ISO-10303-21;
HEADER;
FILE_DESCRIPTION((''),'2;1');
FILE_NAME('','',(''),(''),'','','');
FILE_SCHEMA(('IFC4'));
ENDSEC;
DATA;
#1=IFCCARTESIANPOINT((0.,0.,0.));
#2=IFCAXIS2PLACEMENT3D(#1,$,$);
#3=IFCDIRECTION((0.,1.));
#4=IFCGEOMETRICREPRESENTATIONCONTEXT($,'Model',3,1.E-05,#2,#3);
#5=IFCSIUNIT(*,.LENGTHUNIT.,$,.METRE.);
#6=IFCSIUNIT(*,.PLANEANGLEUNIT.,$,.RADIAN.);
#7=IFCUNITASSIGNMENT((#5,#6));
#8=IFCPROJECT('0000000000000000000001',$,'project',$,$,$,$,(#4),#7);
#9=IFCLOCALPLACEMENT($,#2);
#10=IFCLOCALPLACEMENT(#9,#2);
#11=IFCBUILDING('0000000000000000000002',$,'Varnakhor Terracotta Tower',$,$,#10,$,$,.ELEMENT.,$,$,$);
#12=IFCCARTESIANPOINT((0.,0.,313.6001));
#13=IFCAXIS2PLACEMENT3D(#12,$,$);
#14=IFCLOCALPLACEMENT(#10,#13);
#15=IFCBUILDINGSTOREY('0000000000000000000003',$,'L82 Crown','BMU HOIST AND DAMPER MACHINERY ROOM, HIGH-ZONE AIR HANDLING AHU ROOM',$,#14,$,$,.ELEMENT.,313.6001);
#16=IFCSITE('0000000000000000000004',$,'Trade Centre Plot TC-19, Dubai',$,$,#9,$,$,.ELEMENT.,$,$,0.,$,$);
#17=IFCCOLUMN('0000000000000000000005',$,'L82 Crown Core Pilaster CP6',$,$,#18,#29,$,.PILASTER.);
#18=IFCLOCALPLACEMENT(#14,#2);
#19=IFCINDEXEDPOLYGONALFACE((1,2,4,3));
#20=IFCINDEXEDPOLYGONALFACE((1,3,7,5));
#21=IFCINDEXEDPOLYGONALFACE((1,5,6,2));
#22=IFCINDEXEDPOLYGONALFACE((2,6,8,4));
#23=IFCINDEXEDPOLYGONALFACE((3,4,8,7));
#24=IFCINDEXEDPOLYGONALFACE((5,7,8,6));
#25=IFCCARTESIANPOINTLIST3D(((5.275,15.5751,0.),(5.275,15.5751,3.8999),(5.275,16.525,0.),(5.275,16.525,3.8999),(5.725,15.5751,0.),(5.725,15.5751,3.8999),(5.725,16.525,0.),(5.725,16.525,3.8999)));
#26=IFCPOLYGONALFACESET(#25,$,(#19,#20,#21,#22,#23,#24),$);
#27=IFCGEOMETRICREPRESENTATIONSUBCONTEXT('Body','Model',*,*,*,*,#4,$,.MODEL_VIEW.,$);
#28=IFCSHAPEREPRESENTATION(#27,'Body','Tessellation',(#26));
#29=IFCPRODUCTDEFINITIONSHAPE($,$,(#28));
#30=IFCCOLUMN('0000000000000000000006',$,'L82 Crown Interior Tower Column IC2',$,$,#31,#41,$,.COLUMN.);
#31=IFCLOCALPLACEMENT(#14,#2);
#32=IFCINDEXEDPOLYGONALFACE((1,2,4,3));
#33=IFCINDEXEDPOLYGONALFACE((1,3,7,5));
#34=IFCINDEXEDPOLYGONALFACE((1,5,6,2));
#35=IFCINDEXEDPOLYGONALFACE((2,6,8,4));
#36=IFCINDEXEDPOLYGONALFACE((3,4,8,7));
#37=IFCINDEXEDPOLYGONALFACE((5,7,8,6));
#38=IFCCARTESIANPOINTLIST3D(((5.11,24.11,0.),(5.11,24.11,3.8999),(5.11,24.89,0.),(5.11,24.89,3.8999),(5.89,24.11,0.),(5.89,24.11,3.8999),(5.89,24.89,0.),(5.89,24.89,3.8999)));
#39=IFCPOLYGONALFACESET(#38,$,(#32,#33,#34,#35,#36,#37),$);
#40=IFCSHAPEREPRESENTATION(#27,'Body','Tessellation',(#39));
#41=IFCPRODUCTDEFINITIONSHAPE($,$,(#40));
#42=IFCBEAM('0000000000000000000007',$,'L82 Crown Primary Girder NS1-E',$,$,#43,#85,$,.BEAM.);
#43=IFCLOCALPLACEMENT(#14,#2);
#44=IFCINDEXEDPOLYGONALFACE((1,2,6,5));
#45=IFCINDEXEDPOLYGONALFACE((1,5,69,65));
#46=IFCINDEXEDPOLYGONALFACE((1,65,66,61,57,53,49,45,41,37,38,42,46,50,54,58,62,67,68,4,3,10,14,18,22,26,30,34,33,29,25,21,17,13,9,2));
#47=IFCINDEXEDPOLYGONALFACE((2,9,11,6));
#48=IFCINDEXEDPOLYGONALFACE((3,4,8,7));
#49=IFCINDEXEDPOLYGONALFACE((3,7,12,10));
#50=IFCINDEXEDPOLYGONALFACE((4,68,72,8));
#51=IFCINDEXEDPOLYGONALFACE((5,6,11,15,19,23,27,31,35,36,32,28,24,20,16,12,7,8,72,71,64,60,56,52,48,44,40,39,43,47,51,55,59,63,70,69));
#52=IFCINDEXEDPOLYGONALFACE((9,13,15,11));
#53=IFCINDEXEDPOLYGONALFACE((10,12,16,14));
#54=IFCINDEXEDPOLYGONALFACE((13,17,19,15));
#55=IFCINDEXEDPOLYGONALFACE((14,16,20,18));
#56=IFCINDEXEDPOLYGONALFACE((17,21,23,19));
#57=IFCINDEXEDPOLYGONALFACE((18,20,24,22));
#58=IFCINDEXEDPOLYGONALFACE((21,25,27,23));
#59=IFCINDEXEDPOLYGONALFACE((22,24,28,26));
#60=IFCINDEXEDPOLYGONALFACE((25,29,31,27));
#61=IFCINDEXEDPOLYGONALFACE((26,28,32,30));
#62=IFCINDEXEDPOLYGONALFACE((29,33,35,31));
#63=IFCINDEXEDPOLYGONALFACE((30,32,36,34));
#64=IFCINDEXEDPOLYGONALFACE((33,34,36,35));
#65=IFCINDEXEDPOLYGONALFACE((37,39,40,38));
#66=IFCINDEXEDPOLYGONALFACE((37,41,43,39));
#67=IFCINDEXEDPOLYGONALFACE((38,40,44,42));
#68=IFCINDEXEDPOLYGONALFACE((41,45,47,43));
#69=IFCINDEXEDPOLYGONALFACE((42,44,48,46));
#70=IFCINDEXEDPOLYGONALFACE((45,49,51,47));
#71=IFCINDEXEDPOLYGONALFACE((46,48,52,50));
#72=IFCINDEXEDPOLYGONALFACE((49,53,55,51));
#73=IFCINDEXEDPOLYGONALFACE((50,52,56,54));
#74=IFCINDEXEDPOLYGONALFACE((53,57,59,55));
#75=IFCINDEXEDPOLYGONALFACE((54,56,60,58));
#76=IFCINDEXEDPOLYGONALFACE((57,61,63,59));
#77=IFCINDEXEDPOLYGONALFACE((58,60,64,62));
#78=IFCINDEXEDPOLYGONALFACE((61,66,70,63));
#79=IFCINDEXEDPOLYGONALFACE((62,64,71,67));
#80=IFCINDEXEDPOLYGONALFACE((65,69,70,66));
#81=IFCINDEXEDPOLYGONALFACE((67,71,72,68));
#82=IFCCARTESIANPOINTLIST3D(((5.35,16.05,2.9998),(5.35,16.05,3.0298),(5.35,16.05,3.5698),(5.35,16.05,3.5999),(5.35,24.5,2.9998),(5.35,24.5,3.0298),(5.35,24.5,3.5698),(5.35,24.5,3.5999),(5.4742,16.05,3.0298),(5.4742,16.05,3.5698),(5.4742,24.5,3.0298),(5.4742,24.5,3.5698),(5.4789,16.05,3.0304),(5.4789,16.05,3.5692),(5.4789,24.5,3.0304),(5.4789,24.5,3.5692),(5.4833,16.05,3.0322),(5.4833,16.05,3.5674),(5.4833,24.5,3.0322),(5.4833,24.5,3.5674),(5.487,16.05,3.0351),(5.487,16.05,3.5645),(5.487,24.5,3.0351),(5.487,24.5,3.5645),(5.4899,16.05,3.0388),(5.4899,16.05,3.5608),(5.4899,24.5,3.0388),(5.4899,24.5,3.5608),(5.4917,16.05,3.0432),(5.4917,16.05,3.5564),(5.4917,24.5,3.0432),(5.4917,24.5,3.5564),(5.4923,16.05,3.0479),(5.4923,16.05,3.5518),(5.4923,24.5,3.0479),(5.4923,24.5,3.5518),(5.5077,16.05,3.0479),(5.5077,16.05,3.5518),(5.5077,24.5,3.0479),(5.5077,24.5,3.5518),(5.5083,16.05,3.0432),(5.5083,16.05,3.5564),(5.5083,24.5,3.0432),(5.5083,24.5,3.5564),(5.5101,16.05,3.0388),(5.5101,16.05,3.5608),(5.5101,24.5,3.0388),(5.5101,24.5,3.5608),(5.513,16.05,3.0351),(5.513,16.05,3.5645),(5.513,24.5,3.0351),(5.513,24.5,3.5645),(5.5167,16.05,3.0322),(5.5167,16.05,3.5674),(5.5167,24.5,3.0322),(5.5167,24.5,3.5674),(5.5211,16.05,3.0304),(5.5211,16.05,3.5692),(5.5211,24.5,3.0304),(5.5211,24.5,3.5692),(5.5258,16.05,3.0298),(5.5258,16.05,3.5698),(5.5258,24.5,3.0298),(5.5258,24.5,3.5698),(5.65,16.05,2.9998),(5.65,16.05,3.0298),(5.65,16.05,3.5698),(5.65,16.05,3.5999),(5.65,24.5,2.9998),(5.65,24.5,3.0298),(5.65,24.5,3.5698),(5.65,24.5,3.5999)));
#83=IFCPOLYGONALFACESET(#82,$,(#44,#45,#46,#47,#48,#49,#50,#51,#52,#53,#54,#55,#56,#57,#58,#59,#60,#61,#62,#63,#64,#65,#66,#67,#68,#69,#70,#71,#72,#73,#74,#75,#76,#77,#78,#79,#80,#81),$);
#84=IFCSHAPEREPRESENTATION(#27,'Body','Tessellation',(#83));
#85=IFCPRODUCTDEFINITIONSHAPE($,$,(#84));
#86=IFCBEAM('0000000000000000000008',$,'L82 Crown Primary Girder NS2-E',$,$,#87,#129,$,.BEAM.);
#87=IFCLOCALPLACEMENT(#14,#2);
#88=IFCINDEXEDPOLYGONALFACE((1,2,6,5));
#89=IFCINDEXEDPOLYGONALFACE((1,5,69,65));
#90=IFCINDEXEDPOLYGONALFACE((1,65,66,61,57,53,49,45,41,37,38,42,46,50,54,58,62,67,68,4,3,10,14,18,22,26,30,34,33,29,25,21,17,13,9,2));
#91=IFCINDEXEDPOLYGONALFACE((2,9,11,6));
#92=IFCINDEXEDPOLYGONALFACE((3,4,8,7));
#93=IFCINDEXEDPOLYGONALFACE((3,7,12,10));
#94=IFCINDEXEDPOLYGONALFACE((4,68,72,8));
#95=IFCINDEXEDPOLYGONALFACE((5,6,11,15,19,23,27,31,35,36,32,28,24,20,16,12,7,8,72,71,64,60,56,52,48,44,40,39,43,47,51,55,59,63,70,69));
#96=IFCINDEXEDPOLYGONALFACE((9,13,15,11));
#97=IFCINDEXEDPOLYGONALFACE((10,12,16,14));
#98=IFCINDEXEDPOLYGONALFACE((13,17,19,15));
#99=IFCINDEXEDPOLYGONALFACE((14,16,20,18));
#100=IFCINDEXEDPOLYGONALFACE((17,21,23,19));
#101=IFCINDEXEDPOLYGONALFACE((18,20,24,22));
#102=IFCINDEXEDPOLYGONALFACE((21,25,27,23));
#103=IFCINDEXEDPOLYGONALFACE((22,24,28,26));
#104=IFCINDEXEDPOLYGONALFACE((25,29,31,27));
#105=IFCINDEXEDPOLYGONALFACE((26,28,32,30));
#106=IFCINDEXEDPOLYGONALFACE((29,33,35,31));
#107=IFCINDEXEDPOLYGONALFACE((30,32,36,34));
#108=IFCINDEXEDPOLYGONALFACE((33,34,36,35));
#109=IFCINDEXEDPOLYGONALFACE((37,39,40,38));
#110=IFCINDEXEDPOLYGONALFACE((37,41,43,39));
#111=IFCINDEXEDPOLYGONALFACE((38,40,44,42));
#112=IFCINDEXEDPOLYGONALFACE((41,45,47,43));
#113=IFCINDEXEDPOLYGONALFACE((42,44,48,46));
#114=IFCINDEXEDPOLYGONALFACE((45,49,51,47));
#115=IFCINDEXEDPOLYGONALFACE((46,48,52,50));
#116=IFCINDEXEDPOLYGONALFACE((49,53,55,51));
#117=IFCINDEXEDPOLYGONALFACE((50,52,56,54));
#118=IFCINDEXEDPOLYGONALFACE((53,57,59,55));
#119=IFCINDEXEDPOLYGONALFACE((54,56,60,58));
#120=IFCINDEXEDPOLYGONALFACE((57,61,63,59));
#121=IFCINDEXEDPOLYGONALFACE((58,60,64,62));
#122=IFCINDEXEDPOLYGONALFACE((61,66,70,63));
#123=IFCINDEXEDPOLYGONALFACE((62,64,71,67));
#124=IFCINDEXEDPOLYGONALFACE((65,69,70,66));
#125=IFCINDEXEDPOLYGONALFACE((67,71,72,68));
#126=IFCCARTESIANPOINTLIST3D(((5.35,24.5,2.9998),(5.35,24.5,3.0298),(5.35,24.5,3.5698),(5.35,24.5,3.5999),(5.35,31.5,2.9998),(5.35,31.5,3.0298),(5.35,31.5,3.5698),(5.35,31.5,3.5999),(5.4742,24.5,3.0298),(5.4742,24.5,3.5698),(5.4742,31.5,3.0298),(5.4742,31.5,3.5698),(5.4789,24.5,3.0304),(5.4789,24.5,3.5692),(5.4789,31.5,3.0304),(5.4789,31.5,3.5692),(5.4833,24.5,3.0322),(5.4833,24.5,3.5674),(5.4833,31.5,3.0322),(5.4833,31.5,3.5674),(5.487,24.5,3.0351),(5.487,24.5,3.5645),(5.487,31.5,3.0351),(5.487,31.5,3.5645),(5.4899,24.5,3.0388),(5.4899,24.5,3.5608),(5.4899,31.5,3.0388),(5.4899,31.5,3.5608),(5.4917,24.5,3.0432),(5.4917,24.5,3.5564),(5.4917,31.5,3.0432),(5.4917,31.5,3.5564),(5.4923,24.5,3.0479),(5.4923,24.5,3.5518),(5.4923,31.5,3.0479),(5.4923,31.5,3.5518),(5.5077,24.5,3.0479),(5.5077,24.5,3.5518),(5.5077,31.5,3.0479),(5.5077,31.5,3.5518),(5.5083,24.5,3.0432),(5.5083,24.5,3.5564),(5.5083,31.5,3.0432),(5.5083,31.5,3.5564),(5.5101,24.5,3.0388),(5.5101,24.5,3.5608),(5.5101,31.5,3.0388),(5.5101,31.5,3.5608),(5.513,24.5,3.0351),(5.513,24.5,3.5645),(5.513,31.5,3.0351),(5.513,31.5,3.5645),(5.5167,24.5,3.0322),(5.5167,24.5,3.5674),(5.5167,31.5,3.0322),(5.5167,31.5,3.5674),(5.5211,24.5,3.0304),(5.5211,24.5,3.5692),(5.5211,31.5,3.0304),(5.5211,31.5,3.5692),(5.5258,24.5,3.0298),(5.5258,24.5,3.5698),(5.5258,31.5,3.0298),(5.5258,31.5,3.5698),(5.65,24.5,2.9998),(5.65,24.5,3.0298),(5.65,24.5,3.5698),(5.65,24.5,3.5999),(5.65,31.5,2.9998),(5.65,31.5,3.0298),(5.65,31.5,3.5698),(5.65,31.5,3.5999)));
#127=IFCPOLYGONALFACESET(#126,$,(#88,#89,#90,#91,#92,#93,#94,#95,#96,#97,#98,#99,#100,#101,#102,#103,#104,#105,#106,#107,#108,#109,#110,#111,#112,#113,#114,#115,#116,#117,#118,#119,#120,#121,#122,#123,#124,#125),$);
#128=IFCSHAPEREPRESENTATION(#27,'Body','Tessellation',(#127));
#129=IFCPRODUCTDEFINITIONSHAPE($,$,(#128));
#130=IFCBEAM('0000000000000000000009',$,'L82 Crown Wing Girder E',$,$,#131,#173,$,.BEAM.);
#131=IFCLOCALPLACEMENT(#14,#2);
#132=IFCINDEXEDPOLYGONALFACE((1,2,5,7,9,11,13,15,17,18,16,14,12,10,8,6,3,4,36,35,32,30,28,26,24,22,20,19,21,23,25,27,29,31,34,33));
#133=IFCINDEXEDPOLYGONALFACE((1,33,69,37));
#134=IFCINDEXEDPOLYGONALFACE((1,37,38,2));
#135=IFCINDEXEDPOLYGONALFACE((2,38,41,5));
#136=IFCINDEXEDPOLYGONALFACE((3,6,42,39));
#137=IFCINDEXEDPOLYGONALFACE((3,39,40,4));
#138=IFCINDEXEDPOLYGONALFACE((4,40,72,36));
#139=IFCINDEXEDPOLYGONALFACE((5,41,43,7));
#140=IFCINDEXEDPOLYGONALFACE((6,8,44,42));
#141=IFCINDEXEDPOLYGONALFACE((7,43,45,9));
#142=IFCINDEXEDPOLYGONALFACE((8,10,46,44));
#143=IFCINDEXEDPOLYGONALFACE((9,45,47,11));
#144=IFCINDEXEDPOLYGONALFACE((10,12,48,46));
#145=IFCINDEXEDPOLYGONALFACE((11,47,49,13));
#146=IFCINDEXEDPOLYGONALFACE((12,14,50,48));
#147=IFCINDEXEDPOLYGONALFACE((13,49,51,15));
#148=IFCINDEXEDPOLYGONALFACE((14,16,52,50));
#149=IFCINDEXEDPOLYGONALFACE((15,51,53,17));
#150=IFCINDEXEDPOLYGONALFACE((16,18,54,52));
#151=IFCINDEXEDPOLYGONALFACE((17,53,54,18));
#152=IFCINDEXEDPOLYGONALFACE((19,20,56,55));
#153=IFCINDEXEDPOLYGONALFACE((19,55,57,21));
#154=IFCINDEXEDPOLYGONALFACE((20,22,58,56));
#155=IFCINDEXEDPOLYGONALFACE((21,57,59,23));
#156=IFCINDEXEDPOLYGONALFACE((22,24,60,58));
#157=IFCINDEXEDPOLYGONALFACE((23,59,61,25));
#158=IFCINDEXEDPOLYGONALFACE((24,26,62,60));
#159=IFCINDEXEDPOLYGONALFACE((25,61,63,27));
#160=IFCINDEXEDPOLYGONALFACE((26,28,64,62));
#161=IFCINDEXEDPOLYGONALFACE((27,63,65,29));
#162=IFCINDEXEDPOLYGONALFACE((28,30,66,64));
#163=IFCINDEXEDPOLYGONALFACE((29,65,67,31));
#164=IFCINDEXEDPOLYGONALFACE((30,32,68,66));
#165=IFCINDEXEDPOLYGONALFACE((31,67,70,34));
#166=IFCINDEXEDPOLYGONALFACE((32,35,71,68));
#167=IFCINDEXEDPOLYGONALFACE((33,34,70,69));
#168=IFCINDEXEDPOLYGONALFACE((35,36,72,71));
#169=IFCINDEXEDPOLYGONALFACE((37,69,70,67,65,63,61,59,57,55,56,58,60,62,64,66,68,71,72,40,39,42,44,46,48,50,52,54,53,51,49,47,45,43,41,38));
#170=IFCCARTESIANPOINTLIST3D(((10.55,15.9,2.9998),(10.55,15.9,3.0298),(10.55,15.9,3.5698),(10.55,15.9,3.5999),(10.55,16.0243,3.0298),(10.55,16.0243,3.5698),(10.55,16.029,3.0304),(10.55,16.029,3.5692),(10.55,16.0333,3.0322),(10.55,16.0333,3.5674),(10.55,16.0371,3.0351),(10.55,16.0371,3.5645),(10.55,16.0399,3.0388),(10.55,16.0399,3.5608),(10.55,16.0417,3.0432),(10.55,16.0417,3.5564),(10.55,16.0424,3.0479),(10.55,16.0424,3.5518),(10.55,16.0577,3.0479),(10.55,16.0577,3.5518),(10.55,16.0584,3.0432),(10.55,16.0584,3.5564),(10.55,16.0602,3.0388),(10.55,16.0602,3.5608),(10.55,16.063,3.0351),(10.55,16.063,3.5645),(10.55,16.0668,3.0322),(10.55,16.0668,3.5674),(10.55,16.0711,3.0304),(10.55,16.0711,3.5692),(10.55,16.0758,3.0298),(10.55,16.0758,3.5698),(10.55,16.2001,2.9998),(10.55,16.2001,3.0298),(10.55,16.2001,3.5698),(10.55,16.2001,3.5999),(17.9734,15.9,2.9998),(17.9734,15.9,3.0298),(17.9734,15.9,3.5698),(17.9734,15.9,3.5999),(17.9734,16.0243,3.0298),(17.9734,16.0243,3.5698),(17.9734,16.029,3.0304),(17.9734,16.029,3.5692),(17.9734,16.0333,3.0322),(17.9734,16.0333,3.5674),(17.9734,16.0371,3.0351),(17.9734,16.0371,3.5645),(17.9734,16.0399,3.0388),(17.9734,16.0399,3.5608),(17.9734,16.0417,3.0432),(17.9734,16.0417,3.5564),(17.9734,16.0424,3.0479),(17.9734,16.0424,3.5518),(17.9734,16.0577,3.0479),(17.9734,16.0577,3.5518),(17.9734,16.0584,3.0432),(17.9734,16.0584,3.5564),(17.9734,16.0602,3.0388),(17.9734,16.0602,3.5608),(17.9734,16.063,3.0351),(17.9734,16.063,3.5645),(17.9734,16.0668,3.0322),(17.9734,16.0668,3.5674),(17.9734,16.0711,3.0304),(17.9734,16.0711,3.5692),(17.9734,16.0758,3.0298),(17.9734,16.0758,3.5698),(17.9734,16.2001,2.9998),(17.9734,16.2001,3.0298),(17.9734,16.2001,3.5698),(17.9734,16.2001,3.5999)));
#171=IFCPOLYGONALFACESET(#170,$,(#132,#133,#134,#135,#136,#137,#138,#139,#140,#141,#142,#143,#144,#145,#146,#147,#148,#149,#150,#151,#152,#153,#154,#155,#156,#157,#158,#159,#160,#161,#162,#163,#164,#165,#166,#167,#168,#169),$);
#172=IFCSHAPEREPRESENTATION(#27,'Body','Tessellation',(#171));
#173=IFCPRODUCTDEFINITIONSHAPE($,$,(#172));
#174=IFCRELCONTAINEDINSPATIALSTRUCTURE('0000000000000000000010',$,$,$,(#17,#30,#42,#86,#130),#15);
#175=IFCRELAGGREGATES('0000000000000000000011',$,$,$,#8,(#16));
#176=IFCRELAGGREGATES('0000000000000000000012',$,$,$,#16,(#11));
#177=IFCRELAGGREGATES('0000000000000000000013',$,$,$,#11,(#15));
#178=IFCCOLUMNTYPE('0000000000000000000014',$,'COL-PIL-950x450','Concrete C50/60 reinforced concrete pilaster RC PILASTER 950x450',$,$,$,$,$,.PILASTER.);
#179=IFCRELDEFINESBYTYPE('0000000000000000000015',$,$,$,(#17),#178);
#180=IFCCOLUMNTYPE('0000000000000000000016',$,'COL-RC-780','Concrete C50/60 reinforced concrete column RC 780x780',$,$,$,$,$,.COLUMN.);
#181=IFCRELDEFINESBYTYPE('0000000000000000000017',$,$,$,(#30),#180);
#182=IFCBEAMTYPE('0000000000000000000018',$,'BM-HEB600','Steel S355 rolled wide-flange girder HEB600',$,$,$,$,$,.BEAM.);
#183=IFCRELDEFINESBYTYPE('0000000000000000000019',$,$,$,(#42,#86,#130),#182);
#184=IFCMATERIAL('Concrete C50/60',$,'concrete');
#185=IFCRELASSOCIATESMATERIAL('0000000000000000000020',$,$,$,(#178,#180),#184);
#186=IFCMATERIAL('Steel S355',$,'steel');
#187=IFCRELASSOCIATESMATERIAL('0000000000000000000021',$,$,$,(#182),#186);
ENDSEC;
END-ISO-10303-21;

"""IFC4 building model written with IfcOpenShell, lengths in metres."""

from ifc_helpers import new_model, si_unit, direction, frame, origin, origin_2d, place, context, subcontext, project, spatial, rectangle, i_section, extrude, source, transform, mapped, material, material_profile, profile_set, type_object, element, save


model = new_model("IFC4")

# Units and contexts
model_context = context("Model", 3, precision=1e-05, world=origin(), true_north=direction((0.0, 1.0)))
body_context = subcontext(model_context, "Body", "Model", "MODEL_VIEW")
ifc_project = project(units=[si_unit("LENGTHUNIT", "METRE"), si_unit("PLANEANGLEUNIT", "RADIAN")], contexts=[model_context])

# Site, building, storey
site_placement = place(None, origin())
site = spatial("IfcSite", under=ifc_project, at=site_placement, Name="Trade Centre Plot TC-19, Dubai", CompositionType="ELEMENT", RefElevation=0.0)
building_placement = place(site_placement, origin())
building = spatial("IfcBuilding", under=site, at=building_placement, Name="Varnakhor Terracotta Tower", CompositionType="ELEMENT")
storey_placement = place(building_placement, frame((0.0, 0.0, 313.6001)))
storey = spatial("IfcBuildingStorey", under=building, at=storey_placement, Name="L82 Crown", Description="BMU HOIST AND DAMPER MACHINERY ROOM, HIGH-ZONE AIR HANDLING AHU ROOM", CompositionType="ELEMENT", Elevation=313.6001)

# Columns
ifc_material_1 = material(Name="Concrete C50/60", Category="concrete")
ifc_material_profile_1 = material_profile(ifc_material_1, rectangle(XDim=0.45, YDim=0.95, at=origin_2d()), Name="RC PILASTER 950x450")
ifc_profile_set_1 = profile_set([ifc_material_profile_1], Name="Concrete C50/60")
column_type_1 = type_object("IfcColumnType", Name="COL-PIL-950x450", Description="Concrete C50/60 reinforced concrete pilaster RC PILASTER 950x450", PredefinedType="PILASTER", material=ifc_profile_set_1)
shared_shape_1 = source(origin(), body_context, "Body", "SweptSolid", [
    extrude(rectangle(XDim=0.45, YDim=0.95, at=origin_2d()), origin(), (0.0, 0.0, 1.0), 3.8999),
])
column_1_placement = place(storey_placement, frame((5.5, 16.05, 0.0), z_axis=(0.0, 0.0, 1.0), x_axis=(1.0, 0.0, 0.0)))
element("IfcColumn", 1, at=column_1_placement, inside=storey, type_object=column_type_1, Name="L82 Crown Core Pilaster CP6", PredefinedType="PILASTER", context=body_context, shape_type="MappedRepresentation", body=[
    mapped(shared_shape_1, transform((0.0, 0.0, 0.0), scale=1.0)),
])
ifc_material_profile_2 = material_profile(ifc_material_1, rectangle(XDim=0.78, YDim=0.78, at=origin_2d()), Name="RC 780x780")
ifc_profile_set_2 = profile_set([ifc_material_profile_2], Name="Concrete C50/60")
column_type_2 = type_object("IfcColumnType", Name="COL-RC-780", Description="Concrete C50/60 reinforced concrete column RC 780x780", PredefinedType="COLUMN", material=ifc_profile_set_2)
shared_shape_2 = source(origin(), body_context, "Body", "SweptSolid", [
    extrude(rectangle(XDim=0.78, YDim=0.78, at=origin_2d()), origin(), (0.0, 0.0, 1.0), 3.8999),
])
column_2_placement = place(storey_placement, frame((5.5, 24.5, 0.0), z_axis=(0.0, 0.0, 1.0), x_axis=(1.0, 0.0, 0.0)))
element("IfcColumn", 2, at=column_2_placement, inside=storey, type_object=column_type_2, Name="L82 Crown Interior Tower Column IC2", PredefinedType="COLUMN", context=body_context, shape_type="MappedRepresentation", body=[
    mapped(shared_shape_2, transform((0.0, 0.0, 0.0), scale=1.0)),
])

# Beams
ifc_material_2 = material(Name="Steel S355", Category="steel")
ifc_material_profile_3 = material_profile(ifc_material_2, i_section(OverallWidth=0.3, OverallDepth=0.6001, WebThickness=0.0154, FlangeThickness=0.03, FilletRadius=0.0181, at=origin_2d()), Name="HEB600")
ifc_profile_set_3 = profile_set([ifc_material_profile_3], Name="Steel S355")
beam_type_1 = type_object("IfcBeamType", Name="BM-HEB600", Description="Steel S355 rolled wide-flange girder HEB600", PredefinedType="BEAM", material=ifc_profile_set_3)
shared_shape_3 = source(origin(), body_context, "Body", "SweptSolid", [
    extrude(i_section(OverallWidth=0.3, OverallDepth=0.6001, WebThickness=0.0154, FlangeThickness=0.03, FilletRadius=0.0181, at=origin_2d()), origin(), (0.0, 0.0, 1.0), 8.45),
])
beam_1_placement = place(storey_placement, frame((5.5, 16.05, 3.2998), z_axis=(0.0, 1.0, 0.0), x_axis=(-1.0, 0.0, 0.0)))
element("IfcBeam", 3, at=beam_1_placement, inside=storey, type_object=beam_type_1, Name="L82 Crown Primary Girder NS1-E", PredefinedType="BEAM", context=body_context, shape_type="MappedRepresentation", body=[
    mapped(shared_shape_3, transform((0.0, 0.0, 0.0), scale=1.0)),
])
shared_shape_4 = source(origin(), body_context, "Body", "SweptSolid", [
    extrude(i_section(OverallWidth=0.3, OverallDepth=0.6001, WebThickness=0.0154, FlangeThickness=0.03, FilletRadius=0.0181, at=origin_2d()), origin(), (0.0, 0.0, 1.0), 7.0),
])
beam_2_placement = place(storey_placement, frame((5.5, 24.5, 3.2998), z_axis=(0.0, 1.0, 0.0), x_axis=(-1.0, 0.0, 0.0)))
element("IfcBeam", 4, at=beam_2_placement, inside=storey, type_object=beam_type_1, Name="L82 Crown Primary Girder NS2-E", PredefinedType="BEAM", context=body_context, shape_type="MappedRepresentation", body=[
    mapped(shared_shape_4, transform((0.0, 0.0, 0.0), scale=1.0)),
])
shared_shape_5 = source(origin(), body_context, "Body", "SweptSolid", [
    extrude(i_section(OverallWidth=0.3, OverallDepth=0.6001, WebThickness=0.0154, FlangeThickness=0.03, FilletRadius=0.0181, at=origin_2d()), origin(), (0.0, 0.0, 1.0), 7.4233),
])
beam_3_placement = place(storey_placement, frame((10.55, 16.05, 3.2998), z_axis=(1.0, 0.0, 0.0), x_axis=(0.0, 1.0, 0.0)))
element("IfcBeam", 5, at=beam_3_placement, inside=storey, type_object=beam_type_1, Name="L82 Crown Wing Girder E", PredefinedType="BEAM", context=body_context, shape_type="MappedRepresentation", body=[
    mapped(shared_shape_5, transform((0.0, 0.0, 0.0), scale=1.0)),
])

save(model, "model.ifc")
